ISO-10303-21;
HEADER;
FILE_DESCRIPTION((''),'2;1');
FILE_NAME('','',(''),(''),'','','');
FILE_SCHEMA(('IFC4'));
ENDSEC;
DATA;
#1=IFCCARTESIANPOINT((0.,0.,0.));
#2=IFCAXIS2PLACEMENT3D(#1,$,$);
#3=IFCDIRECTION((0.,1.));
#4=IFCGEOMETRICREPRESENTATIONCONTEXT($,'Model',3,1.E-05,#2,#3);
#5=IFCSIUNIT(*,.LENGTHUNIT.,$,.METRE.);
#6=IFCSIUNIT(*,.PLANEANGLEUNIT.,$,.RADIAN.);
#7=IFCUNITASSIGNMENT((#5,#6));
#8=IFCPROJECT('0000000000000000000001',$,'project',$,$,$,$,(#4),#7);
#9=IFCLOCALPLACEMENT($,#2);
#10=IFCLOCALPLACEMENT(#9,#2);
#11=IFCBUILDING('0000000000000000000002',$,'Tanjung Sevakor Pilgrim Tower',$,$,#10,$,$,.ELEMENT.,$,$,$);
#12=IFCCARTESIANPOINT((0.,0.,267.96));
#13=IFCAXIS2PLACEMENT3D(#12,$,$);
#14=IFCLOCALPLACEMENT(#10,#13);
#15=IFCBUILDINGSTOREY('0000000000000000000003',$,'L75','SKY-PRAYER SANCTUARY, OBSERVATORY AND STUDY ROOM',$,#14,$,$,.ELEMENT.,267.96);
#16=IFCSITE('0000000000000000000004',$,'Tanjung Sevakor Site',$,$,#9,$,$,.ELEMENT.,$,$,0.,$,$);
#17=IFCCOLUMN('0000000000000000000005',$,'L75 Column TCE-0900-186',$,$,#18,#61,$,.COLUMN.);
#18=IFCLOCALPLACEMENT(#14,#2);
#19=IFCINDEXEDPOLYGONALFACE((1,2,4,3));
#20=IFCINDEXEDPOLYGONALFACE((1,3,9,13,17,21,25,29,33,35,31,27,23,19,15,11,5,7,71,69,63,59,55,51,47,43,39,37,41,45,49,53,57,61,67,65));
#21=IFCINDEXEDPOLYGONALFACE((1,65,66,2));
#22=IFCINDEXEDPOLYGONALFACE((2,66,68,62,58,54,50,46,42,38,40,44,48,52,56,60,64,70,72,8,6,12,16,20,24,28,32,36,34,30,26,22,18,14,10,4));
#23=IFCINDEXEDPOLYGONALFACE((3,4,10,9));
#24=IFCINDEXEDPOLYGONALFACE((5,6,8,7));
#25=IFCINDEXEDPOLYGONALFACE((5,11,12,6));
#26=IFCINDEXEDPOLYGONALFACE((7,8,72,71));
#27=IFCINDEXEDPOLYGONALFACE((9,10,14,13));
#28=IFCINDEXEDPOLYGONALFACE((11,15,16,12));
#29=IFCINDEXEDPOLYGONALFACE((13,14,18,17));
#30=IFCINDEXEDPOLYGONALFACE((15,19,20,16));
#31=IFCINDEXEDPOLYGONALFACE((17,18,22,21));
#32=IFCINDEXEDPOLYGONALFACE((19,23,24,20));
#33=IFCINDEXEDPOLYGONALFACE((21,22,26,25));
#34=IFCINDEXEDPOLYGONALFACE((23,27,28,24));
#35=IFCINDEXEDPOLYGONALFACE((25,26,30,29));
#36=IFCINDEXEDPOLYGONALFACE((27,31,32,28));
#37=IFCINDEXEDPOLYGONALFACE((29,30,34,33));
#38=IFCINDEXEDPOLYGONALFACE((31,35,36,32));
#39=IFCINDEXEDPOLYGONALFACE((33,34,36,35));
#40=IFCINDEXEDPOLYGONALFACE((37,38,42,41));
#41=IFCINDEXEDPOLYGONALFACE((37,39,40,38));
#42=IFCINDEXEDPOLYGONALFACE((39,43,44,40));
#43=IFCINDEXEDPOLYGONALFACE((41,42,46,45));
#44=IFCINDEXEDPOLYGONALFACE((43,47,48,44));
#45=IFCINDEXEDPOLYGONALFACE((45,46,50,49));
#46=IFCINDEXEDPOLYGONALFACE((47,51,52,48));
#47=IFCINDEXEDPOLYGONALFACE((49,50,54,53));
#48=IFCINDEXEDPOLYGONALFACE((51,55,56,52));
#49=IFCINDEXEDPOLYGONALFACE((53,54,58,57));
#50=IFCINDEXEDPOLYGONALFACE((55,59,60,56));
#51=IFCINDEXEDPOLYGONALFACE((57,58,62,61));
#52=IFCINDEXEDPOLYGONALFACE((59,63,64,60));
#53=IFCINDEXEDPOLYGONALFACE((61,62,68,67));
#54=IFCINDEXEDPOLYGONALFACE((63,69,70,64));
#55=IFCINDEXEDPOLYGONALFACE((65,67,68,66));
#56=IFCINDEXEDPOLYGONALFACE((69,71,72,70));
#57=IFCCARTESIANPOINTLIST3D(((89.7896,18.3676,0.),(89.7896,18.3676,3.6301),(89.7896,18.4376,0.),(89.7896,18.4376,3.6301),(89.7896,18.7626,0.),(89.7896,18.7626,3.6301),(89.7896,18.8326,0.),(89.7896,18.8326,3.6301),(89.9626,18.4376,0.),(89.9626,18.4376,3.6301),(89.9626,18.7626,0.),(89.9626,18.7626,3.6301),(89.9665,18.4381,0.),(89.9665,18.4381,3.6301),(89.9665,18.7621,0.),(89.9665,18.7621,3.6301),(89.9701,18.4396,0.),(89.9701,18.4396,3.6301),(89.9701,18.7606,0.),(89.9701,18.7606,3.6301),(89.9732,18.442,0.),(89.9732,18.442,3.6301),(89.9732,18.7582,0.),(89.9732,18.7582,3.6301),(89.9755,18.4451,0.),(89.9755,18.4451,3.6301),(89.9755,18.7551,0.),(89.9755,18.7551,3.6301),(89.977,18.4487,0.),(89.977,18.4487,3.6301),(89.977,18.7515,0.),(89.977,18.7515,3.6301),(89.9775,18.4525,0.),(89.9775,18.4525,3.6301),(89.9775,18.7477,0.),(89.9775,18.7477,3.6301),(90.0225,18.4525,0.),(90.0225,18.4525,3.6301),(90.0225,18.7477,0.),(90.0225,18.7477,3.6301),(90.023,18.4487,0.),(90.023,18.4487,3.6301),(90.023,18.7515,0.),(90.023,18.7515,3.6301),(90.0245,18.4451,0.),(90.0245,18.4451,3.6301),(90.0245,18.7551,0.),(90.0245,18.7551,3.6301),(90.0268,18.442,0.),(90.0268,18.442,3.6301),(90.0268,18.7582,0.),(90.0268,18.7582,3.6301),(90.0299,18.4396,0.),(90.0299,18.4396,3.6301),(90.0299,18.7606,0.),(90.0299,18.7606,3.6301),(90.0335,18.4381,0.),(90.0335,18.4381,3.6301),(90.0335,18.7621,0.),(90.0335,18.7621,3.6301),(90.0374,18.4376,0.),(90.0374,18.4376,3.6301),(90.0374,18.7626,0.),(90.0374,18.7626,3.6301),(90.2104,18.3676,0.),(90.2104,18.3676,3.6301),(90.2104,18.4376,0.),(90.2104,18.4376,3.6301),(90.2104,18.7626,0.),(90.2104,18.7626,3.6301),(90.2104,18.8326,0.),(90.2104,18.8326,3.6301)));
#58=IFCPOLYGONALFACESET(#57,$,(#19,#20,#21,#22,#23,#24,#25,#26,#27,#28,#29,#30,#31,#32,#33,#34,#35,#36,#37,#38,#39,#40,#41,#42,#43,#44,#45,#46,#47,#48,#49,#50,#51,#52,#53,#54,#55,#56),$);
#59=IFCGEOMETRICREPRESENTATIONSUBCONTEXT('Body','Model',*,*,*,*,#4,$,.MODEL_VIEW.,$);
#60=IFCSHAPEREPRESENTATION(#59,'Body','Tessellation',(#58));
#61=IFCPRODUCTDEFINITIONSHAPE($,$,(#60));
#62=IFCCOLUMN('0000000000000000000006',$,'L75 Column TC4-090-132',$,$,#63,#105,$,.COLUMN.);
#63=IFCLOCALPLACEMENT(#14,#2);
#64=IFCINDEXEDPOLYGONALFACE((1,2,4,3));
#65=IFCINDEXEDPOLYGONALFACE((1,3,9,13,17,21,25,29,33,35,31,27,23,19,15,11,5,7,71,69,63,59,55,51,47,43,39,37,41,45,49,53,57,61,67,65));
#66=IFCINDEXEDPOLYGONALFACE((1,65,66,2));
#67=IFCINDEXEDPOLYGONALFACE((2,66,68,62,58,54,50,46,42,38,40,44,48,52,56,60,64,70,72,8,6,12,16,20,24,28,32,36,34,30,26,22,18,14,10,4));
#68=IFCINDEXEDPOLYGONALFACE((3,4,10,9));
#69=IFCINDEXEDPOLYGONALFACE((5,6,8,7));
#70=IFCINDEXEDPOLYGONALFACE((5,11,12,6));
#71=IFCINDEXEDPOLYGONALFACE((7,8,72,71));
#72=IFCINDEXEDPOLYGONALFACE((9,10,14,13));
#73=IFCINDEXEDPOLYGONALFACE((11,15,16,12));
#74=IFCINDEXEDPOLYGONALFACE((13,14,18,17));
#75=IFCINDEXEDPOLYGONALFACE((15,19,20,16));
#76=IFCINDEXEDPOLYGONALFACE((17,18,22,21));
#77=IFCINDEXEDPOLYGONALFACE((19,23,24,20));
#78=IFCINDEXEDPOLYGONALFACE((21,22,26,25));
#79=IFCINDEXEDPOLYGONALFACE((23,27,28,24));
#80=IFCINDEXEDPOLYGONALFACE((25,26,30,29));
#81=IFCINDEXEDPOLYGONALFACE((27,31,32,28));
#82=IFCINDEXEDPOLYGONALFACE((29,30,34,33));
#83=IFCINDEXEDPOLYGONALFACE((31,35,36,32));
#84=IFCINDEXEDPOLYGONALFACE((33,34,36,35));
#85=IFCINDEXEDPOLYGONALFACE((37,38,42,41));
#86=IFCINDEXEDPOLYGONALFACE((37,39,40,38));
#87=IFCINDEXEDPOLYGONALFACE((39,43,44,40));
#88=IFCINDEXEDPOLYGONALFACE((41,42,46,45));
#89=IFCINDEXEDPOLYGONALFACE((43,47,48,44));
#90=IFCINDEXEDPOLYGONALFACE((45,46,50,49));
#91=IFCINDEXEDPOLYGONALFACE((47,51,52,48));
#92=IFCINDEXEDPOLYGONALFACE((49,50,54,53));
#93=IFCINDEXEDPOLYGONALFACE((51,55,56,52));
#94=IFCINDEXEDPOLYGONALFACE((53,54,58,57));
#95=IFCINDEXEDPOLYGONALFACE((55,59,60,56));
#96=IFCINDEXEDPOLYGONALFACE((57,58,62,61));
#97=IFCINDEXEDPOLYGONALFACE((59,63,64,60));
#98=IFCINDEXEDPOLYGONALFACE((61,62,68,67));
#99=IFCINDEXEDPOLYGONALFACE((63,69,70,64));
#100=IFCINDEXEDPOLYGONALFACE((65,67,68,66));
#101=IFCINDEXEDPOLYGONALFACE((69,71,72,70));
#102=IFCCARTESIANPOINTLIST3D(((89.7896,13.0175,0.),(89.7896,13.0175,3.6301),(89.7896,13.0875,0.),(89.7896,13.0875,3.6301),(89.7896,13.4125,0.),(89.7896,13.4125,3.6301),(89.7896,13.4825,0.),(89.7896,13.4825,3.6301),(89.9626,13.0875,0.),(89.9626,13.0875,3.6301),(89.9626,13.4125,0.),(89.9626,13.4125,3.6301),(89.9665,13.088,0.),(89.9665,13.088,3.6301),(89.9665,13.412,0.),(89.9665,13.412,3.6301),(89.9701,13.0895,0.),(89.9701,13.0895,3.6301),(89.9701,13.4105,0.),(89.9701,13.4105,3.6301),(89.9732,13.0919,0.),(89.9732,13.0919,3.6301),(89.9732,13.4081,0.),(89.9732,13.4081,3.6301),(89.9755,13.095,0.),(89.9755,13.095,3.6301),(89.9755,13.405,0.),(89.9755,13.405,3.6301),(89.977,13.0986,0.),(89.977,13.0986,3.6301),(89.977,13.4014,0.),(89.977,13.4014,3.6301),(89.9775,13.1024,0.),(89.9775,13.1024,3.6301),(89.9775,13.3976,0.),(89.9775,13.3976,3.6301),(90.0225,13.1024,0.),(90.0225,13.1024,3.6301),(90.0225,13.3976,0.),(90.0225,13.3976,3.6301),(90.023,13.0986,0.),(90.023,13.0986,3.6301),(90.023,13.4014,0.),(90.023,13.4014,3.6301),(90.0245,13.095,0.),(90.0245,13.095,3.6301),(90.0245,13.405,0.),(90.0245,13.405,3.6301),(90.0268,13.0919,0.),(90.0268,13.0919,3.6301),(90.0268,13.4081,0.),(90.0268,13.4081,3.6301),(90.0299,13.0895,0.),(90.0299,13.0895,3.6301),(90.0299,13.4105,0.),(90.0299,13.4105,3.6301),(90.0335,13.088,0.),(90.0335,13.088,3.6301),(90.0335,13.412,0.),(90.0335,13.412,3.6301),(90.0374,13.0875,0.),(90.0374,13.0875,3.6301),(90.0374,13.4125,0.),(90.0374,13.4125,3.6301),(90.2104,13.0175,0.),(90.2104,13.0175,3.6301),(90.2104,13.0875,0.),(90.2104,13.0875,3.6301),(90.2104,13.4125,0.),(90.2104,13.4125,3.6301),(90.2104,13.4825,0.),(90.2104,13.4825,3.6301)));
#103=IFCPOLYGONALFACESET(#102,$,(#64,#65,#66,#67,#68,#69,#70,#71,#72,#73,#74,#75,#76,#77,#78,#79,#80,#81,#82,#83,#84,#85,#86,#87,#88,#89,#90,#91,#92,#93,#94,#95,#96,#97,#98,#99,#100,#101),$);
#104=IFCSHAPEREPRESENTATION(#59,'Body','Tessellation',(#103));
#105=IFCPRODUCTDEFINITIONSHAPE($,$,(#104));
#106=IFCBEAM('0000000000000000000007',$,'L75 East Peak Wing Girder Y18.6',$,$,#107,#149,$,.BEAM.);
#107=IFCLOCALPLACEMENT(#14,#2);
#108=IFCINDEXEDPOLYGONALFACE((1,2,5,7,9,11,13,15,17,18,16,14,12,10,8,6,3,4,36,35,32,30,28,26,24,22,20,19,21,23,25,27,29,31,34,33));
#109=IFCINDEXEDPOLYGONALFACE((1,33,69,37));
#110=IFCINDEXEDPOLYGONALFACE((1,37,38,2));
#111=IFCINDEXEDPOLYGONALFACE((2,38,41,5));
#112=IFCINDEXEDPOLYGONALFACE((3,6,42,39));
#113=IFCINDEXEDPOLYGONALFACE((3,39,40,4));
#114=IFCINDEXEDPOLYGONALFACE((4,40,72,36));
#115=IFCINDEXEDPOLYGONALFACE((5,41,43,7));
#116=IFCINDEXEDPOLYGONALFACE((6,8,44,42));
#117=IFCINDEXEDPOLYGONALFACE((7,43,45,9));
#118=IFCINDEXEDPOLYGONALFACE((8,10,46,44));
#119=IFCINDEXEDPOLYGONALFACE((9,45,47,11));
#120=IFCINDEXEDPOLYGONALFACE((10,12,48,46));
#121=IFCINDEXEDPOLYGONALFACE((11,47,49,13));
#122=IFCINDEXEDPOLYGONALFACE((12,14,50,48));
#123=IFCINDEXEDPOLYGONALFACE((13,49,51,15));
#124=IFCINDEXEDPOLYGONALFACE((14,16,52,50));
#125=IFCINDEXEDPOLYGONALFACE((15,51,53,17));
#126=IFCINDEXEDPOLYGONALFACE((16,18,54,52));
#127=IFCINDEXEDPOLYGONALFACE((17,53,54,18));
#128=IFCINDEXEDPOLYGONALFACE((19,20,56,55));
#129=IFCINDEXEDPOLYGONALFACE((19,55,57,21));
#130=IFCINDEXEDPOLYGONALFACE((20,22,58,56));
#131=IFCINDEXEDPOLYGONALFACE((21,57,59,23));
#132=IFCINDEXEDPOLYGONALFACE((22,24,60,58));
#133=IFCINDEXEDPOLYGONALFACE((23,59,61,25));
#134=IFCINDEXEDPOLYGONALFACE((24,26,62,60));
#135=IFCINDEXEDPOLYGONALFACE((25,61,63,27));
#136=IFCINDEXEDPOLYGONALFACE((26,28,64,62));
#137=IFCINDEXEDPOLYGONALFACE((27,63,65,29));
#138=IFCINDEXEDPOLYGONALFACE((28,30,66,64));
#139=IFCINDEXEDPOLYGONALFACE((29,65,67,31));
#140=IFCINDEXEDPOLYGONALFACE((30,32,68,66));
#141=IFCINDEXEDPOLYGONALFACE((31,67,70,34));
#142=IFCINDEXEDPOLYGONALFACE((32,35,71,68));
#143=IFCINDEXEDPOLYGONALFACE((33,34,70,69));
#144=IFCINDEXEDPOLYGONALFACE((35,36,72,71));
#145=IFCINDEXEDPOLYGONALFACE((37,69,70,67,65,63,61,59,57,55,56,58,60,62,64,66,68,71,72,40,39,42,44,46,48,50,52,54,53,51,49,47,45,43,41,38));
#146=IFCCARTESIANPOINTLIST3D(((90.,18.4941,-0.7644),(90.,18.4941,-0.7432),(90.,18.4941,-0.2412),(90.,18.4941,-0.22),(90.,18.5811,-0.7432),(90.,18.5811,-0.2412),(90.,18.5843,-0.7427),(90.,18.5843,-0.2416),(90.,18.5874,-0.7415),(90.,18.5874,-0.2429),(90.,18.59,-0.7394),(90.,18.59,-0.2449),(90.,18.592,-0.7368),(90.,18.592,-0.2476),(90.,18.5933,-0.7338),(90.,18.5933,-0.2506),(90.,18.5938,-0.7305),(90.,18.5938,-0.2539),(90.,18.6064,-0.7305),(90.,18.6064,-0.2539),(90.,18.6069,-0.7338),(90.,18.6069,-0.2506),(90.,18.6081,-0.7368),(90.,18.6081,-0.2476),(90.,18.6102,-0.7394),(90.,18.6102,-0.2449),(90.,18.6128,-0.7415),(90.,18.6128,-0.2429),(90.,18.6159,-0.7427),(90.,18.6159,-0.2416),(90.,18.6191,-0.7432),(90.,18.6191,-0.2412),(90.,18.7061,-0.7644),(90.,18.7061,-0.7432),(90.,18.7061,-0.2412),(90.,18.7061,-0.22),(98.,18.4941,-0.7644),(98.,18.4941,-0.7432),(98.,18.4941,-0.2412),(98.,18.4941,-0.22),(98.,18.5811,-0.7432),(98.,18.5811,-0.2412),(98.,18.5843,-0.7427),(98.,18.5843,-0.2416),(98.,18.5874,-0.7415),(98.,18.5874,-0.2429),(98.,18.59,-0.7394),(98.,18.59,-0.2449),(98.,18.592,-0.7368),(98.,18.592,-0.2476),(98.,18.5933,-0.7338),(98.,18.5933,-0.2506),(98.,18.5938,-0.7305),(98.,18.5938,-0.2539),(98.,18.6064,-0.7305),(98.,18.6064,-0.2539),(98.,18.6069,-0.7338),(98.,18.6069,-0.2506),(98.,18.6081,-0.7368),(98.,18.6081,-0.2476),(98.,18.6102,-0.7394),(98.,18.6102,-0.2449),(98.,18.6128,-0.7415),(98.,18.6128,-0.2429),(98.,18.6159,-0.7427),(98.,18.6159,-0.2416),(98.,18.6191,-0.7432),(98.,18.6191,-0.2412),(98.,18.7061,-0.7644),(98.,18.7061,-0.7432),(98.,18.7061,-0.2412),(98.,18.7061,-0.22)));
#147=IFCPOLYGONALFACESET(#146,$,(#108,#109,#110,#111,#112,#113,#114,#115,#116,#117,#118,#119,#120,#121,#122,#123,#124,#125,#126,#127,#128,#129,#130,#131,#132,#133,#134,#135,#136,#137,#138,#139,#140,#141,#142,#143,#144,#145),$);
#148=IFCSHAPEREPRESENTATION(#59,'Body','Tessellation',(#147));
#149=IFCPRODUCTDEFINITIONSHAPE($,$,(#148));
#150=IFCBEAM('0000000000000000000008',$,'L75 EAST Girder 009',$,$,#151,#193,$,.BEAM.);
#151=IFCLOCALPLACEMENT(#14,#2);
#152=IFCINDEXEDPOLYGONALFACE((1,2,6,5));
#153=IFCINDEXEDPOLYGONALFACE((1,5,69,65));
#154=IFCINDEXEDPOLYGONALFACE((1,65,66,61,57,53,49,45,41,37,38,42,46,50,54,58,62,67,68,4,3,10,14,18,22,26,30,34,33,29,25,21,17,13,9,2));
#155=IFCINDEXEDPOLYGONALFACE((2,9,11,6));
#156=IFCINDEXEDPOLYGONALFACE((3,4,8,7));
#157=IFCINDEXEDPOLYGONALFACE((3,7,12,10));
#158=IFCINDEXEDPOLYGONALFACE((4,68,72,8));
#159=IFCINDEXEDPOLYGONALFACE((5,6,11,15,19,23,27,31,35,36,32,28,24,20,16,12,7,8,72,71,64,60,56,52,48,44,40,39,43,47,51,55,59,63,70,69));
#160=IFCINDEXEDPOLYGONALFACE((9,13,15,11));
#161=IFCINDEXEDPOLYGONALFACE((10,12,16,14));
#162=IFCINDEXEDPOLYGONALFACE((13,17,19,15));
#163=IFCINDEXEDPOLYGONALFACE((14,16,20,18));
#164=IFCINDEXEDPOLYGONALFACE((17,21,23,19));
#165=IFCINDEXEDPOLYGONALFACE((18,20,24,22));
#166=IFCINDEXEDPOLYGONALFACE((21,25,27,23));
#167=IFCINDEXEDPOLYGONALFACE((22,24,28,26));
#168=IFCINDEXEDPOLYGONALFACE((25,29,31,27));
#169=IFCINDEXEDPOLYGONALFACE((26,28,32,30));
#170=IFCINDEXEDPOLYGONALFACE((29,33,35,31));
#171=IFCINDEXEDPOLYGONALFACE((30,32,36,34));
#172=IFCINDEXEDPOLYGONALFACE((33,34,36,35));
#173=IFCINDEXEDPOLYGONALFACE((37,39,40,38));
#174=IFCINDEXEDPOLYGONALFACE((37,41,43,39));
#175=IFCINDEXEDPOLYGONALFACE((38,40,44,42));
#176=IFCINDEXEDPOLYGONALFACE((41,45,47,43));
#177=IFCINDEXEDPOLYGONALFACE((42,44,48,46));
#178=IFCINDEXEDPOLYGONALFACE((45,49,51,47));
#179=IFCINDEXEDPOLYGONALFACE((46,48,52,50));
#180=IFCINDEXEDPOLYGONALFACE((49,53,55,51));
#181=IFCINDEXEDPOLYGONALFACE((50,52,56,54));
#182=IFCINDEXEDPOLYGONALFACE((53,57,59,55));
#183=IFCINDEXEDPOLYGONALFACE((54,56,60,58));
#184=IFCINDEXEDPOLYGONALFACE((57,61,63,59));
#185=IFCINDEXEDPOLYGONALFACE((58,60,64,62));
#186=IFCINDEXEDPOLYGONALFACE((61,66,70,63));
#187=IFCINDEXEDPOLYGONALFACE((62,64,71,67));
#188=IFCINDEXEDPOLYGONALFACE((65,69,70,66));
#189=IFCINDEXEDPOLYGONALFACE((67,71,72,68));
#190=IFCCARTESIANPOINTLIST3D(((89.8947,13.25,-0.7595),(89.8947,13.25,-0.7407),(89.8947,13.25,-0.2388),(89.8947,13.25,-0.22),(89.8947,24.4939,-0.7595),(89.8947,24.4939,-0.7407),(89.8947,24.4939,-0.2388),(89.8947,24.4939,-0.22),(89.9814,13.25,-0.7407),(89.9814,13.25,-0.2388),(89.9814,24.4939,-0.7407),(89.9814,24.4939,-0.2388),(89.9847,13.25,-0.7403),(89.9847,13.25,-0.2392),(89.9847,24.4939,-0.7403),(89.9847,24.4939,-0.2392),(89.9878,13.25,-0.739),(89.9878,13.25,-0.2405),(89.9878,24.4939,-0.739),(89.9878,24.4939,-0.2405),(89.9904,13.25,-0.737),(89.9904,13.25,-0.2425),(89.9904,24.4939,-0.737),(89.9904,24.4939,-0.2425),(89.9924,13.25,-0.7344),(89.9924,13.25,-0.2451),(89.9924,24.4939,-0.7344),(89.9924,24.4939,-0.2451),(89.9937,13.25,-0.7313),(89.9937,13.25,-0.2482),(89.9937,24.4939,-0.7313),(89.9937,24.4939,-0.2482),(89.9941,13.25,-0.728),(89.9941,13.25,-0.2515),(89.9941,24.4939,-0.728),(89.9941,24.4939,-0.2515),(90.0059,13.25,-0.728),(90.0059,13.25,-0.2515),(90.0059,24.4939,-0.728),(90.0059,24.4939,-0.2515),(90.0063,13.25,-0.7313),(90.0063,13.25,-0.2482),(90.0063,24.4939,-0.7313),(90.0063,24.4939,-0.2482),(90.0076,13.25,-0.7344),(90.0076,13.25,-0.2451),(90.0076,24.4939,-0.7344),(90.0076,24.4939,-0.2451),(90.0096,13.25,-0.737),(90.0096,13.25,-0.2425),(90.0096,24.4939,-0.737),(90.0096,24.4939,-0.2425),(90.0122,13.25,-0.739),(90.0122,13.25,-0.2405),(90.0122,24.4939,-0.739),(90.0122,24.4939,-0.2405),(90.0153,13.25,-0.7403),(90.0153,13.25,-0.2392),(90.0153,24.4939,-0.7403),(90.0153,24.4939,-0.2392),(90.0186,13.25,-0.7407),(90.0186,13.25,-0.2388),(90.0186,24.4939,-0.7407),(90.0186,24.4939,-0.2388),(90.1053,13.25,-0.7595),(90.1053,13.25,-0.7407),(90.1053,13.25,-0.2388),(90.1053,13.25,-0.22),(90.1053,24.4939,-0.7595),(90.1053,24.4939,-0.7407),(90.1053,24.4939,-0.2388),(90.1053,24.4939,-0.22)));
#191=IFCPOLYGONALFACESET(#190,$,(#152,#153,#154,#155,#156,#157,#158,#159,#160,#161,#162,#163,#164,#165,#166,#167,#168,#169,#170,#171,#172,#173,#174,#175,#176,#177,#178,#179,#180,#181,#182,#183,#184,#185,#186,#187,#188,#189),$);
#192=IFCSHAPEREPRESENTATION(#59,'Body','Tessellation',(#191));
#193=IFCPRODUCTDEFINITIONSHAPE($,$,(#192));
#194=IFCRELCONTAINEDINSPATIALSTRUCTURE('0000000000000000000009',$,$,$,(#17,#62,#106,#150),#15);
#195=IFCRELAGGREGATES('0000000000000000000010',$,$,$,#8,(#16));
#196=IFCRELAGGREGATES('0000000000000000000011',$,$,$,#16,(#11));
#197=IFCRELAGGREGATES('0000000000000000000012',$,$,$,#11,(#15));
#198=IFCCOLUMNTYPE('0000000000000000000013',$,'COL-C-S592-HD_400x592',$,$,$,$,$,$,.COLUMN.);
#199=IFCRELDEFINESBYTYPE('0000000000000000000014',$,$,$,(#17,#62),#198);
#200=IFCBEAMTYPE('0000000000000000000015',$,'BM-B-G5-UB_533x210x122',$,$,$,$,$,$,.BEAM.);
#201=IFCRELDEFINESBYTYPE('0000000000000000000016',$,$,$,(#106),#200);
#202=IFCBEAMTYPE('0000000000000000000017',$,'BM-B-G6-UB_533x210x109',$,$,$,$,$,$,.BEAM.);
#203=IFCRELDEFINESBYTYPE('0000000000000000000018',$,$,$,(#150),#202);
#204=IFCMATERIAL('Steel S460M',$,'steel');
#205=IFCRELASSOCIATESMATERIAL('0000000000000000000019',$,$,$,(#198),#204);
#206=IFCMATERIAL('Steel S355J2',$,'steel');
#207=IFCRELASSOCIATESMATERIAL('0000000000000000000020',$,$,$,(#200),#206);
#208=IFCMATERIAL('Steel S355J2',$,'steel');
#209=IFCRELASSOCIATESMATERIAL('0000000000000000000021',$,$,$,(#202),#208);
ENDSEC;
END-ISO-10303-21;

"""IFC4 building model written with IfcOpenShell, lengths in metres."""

from ifc_helpers import new_model, si_unit, direction, frame, origin, origin_2d, place, context, subcontext, project, spatial, i_section, extrude, material, material_profile, profile_set, type_object, element, save


model = new_model("IFC4")

# Units and contexts
model_context = context("Model", 3, precision=1e-05, world=origin(), true_north=direction((0.0, 1.0)))
body_context = subcontext(model_context, "Body", "Model", "MODEL_VIEW")
ifc_project = project(units=[si_unit("LENGTHUNIT", "METRE"), si_unit("PLANEANGLEUNIT", "RADIAN")], contexts=[model_context])

# Site, building, storey
site_placement = place(None, origin())
site = spatial("IfcSite", under=ifc_project, at=site_placement, Name="Tanjung Sevakor Site", CompositionType="ELEMENT", RefElevation=0.0)
building_placement = place(site_placement, origin())
building = spatial("IfcBuilding", under=site, at=building_placement, Name="Tanjung Sevakor Pilgrim Tower", CompositionType="ELEMENT")
storey_placement = place(building_placement, frame((0.0, 0.0, 267.96)))
storey = spatial("IfcBuildingStorey", under=building, at=storey_placement, Name="L75", Description="SKY-PRAYER SANCTUARY, OBSERVATORY AND STUDY ROOM", CompositionType="ELEMENT", Elevation=267.96)

# Columns
ifc_material_1 = material(Name="Steel S460M", Category="steel")
ifc_material_profile_1 = material_profile(ifc_material_1, i_section(OverallWidth=0.4209, OverallDepth=0.4651, WebThickness=0.0449, FlangeThickness=0.0701, FilletRadius=0.0149, at=origin_2d()))
ifc_profile_set_1 = profile_set([ifc_material_profile_1], Name="Steel S460M")
column_type = type_object("IfcColumnType", Name="COL-C-S592-HD_400x592", PredefinedType="COLUMN", material=ifc_profile_set_1)
for number, where, z_axis, x_axis, name in (
    (1, (90.0, 18.6001, 0.0), (0.0, 0.0, 1.0), (1.0, 0.0, 0.0), "L75 Column TCE-0900-186"),
    (2, (90.0, 13.25, 0.0), (0.0, 0.0, 1.0), (1.0, 0.0, 0.0), "L75 Column TC4-090-132"),
):
    element("IfcColumn", number, at=place(storey_placement, frame(where, z_axis=z_axis, x_axis=x_axis)), inside=storey, type_object=column_type, Name=name, PredefinedType="COLUMN", context=body_context, shape_type="SweptSolid", body=[
        extrude(i_section(OverallWidth=0.4209, OverallDepth=0.4651, WebThickness=0.0449, FlangeThickness=0.0701, FilletRadius=0.0149, at=origin_2d()), origin(), (0.0, 0.0, 1.0), 3.6301),
    ])

# Beams
ifc_material_2 = material(Name="Steel S355J2", Category="steel")
ifc_material_profile_2 = material_profile(ifc_material_2, i_section(OverallWidth=0.2119, OverallDepth=0.5444, WebThickness=0.0127, FlangeThickness=0.0212, FilletRadius=0.0127, at=origin_2d()))
ifc_profile_set_2 = profile_set([ifc_material_profile_2], Name="Steel S355J2")
beam_type_1 = type_object("IfcBeamType", Name="BM-B-G5-UB_533x210x122", PredefinedType="BEAM", material=ifc_profile_set_2)
beam_1_placement = place(storey_placement, frame((90.0, 18.6001, -0.4922), z_axis=(1.0, 0.0, 0.0), x_axis=(0.0, 1.0, 0.0)))
element("IfcBeam", 3, at=beam_1_placement, inside=storey, type_object=beam_type_1, Name="L75 East Peak Wing Girder Y18.6", PredefinedType="BEAM", context=body_context, shape_type="SweptSolid", body=[
    extrude(i_section(OverallWidth=0.2119, OverallDepth=0.5444, WebThickness=0.0127, FlangeThickness=0.0212, FilletRadius=0.0127, at=origin_2d()), origin(), (0.0, 0.0, 1.0), 8.0),
])
ifc_material_3 = material(Name="Steel S355J2", Category="steel")
ifc_material_profile_3 = material_profile(ifc_material_3, i_section(OverallWidth=0.2107, OverallDepth=0.5396, WebThickness=0.0117, FlangeThickness=0.0188, FilletRadius=0.0127, at=origin_2d()))
ifc_profile_set_3 = profile_set([ifc_material_profile_3], Name="Steel S355J2")
beam_type_2 = type_object("IfcBeamType", Name="BM-B-G6-UB_533x210x109", PredefinedType="BEAM", material=ifc_profile_set_3)
beam_2_placement = place(storey_placement, frame((90.0, 13.25, -0.4897), z_axis=(0.0, 1.0, 0.0), x_axis=(-1.0, 0.0, 0.0)))
element("IfcBeam", 4, at=beam_2_placement, inside=storey, type_object=beam_type_2, Name="L75 EAST Girder 009", PredefinedType="BEAM", context=body_context, shape_type="SweptSolid", body=[
    extrude(i_section(OverallWidth=0.2107, OverallDepth=0.5396, WebThickness=0.0117, FlangeThickness=0.0188, FilletRadius=0.0127, at=origin_2d()), origin(), (0.0, 0.0, 1.0), 11.2439),
])

save(model, "model.ifc")
